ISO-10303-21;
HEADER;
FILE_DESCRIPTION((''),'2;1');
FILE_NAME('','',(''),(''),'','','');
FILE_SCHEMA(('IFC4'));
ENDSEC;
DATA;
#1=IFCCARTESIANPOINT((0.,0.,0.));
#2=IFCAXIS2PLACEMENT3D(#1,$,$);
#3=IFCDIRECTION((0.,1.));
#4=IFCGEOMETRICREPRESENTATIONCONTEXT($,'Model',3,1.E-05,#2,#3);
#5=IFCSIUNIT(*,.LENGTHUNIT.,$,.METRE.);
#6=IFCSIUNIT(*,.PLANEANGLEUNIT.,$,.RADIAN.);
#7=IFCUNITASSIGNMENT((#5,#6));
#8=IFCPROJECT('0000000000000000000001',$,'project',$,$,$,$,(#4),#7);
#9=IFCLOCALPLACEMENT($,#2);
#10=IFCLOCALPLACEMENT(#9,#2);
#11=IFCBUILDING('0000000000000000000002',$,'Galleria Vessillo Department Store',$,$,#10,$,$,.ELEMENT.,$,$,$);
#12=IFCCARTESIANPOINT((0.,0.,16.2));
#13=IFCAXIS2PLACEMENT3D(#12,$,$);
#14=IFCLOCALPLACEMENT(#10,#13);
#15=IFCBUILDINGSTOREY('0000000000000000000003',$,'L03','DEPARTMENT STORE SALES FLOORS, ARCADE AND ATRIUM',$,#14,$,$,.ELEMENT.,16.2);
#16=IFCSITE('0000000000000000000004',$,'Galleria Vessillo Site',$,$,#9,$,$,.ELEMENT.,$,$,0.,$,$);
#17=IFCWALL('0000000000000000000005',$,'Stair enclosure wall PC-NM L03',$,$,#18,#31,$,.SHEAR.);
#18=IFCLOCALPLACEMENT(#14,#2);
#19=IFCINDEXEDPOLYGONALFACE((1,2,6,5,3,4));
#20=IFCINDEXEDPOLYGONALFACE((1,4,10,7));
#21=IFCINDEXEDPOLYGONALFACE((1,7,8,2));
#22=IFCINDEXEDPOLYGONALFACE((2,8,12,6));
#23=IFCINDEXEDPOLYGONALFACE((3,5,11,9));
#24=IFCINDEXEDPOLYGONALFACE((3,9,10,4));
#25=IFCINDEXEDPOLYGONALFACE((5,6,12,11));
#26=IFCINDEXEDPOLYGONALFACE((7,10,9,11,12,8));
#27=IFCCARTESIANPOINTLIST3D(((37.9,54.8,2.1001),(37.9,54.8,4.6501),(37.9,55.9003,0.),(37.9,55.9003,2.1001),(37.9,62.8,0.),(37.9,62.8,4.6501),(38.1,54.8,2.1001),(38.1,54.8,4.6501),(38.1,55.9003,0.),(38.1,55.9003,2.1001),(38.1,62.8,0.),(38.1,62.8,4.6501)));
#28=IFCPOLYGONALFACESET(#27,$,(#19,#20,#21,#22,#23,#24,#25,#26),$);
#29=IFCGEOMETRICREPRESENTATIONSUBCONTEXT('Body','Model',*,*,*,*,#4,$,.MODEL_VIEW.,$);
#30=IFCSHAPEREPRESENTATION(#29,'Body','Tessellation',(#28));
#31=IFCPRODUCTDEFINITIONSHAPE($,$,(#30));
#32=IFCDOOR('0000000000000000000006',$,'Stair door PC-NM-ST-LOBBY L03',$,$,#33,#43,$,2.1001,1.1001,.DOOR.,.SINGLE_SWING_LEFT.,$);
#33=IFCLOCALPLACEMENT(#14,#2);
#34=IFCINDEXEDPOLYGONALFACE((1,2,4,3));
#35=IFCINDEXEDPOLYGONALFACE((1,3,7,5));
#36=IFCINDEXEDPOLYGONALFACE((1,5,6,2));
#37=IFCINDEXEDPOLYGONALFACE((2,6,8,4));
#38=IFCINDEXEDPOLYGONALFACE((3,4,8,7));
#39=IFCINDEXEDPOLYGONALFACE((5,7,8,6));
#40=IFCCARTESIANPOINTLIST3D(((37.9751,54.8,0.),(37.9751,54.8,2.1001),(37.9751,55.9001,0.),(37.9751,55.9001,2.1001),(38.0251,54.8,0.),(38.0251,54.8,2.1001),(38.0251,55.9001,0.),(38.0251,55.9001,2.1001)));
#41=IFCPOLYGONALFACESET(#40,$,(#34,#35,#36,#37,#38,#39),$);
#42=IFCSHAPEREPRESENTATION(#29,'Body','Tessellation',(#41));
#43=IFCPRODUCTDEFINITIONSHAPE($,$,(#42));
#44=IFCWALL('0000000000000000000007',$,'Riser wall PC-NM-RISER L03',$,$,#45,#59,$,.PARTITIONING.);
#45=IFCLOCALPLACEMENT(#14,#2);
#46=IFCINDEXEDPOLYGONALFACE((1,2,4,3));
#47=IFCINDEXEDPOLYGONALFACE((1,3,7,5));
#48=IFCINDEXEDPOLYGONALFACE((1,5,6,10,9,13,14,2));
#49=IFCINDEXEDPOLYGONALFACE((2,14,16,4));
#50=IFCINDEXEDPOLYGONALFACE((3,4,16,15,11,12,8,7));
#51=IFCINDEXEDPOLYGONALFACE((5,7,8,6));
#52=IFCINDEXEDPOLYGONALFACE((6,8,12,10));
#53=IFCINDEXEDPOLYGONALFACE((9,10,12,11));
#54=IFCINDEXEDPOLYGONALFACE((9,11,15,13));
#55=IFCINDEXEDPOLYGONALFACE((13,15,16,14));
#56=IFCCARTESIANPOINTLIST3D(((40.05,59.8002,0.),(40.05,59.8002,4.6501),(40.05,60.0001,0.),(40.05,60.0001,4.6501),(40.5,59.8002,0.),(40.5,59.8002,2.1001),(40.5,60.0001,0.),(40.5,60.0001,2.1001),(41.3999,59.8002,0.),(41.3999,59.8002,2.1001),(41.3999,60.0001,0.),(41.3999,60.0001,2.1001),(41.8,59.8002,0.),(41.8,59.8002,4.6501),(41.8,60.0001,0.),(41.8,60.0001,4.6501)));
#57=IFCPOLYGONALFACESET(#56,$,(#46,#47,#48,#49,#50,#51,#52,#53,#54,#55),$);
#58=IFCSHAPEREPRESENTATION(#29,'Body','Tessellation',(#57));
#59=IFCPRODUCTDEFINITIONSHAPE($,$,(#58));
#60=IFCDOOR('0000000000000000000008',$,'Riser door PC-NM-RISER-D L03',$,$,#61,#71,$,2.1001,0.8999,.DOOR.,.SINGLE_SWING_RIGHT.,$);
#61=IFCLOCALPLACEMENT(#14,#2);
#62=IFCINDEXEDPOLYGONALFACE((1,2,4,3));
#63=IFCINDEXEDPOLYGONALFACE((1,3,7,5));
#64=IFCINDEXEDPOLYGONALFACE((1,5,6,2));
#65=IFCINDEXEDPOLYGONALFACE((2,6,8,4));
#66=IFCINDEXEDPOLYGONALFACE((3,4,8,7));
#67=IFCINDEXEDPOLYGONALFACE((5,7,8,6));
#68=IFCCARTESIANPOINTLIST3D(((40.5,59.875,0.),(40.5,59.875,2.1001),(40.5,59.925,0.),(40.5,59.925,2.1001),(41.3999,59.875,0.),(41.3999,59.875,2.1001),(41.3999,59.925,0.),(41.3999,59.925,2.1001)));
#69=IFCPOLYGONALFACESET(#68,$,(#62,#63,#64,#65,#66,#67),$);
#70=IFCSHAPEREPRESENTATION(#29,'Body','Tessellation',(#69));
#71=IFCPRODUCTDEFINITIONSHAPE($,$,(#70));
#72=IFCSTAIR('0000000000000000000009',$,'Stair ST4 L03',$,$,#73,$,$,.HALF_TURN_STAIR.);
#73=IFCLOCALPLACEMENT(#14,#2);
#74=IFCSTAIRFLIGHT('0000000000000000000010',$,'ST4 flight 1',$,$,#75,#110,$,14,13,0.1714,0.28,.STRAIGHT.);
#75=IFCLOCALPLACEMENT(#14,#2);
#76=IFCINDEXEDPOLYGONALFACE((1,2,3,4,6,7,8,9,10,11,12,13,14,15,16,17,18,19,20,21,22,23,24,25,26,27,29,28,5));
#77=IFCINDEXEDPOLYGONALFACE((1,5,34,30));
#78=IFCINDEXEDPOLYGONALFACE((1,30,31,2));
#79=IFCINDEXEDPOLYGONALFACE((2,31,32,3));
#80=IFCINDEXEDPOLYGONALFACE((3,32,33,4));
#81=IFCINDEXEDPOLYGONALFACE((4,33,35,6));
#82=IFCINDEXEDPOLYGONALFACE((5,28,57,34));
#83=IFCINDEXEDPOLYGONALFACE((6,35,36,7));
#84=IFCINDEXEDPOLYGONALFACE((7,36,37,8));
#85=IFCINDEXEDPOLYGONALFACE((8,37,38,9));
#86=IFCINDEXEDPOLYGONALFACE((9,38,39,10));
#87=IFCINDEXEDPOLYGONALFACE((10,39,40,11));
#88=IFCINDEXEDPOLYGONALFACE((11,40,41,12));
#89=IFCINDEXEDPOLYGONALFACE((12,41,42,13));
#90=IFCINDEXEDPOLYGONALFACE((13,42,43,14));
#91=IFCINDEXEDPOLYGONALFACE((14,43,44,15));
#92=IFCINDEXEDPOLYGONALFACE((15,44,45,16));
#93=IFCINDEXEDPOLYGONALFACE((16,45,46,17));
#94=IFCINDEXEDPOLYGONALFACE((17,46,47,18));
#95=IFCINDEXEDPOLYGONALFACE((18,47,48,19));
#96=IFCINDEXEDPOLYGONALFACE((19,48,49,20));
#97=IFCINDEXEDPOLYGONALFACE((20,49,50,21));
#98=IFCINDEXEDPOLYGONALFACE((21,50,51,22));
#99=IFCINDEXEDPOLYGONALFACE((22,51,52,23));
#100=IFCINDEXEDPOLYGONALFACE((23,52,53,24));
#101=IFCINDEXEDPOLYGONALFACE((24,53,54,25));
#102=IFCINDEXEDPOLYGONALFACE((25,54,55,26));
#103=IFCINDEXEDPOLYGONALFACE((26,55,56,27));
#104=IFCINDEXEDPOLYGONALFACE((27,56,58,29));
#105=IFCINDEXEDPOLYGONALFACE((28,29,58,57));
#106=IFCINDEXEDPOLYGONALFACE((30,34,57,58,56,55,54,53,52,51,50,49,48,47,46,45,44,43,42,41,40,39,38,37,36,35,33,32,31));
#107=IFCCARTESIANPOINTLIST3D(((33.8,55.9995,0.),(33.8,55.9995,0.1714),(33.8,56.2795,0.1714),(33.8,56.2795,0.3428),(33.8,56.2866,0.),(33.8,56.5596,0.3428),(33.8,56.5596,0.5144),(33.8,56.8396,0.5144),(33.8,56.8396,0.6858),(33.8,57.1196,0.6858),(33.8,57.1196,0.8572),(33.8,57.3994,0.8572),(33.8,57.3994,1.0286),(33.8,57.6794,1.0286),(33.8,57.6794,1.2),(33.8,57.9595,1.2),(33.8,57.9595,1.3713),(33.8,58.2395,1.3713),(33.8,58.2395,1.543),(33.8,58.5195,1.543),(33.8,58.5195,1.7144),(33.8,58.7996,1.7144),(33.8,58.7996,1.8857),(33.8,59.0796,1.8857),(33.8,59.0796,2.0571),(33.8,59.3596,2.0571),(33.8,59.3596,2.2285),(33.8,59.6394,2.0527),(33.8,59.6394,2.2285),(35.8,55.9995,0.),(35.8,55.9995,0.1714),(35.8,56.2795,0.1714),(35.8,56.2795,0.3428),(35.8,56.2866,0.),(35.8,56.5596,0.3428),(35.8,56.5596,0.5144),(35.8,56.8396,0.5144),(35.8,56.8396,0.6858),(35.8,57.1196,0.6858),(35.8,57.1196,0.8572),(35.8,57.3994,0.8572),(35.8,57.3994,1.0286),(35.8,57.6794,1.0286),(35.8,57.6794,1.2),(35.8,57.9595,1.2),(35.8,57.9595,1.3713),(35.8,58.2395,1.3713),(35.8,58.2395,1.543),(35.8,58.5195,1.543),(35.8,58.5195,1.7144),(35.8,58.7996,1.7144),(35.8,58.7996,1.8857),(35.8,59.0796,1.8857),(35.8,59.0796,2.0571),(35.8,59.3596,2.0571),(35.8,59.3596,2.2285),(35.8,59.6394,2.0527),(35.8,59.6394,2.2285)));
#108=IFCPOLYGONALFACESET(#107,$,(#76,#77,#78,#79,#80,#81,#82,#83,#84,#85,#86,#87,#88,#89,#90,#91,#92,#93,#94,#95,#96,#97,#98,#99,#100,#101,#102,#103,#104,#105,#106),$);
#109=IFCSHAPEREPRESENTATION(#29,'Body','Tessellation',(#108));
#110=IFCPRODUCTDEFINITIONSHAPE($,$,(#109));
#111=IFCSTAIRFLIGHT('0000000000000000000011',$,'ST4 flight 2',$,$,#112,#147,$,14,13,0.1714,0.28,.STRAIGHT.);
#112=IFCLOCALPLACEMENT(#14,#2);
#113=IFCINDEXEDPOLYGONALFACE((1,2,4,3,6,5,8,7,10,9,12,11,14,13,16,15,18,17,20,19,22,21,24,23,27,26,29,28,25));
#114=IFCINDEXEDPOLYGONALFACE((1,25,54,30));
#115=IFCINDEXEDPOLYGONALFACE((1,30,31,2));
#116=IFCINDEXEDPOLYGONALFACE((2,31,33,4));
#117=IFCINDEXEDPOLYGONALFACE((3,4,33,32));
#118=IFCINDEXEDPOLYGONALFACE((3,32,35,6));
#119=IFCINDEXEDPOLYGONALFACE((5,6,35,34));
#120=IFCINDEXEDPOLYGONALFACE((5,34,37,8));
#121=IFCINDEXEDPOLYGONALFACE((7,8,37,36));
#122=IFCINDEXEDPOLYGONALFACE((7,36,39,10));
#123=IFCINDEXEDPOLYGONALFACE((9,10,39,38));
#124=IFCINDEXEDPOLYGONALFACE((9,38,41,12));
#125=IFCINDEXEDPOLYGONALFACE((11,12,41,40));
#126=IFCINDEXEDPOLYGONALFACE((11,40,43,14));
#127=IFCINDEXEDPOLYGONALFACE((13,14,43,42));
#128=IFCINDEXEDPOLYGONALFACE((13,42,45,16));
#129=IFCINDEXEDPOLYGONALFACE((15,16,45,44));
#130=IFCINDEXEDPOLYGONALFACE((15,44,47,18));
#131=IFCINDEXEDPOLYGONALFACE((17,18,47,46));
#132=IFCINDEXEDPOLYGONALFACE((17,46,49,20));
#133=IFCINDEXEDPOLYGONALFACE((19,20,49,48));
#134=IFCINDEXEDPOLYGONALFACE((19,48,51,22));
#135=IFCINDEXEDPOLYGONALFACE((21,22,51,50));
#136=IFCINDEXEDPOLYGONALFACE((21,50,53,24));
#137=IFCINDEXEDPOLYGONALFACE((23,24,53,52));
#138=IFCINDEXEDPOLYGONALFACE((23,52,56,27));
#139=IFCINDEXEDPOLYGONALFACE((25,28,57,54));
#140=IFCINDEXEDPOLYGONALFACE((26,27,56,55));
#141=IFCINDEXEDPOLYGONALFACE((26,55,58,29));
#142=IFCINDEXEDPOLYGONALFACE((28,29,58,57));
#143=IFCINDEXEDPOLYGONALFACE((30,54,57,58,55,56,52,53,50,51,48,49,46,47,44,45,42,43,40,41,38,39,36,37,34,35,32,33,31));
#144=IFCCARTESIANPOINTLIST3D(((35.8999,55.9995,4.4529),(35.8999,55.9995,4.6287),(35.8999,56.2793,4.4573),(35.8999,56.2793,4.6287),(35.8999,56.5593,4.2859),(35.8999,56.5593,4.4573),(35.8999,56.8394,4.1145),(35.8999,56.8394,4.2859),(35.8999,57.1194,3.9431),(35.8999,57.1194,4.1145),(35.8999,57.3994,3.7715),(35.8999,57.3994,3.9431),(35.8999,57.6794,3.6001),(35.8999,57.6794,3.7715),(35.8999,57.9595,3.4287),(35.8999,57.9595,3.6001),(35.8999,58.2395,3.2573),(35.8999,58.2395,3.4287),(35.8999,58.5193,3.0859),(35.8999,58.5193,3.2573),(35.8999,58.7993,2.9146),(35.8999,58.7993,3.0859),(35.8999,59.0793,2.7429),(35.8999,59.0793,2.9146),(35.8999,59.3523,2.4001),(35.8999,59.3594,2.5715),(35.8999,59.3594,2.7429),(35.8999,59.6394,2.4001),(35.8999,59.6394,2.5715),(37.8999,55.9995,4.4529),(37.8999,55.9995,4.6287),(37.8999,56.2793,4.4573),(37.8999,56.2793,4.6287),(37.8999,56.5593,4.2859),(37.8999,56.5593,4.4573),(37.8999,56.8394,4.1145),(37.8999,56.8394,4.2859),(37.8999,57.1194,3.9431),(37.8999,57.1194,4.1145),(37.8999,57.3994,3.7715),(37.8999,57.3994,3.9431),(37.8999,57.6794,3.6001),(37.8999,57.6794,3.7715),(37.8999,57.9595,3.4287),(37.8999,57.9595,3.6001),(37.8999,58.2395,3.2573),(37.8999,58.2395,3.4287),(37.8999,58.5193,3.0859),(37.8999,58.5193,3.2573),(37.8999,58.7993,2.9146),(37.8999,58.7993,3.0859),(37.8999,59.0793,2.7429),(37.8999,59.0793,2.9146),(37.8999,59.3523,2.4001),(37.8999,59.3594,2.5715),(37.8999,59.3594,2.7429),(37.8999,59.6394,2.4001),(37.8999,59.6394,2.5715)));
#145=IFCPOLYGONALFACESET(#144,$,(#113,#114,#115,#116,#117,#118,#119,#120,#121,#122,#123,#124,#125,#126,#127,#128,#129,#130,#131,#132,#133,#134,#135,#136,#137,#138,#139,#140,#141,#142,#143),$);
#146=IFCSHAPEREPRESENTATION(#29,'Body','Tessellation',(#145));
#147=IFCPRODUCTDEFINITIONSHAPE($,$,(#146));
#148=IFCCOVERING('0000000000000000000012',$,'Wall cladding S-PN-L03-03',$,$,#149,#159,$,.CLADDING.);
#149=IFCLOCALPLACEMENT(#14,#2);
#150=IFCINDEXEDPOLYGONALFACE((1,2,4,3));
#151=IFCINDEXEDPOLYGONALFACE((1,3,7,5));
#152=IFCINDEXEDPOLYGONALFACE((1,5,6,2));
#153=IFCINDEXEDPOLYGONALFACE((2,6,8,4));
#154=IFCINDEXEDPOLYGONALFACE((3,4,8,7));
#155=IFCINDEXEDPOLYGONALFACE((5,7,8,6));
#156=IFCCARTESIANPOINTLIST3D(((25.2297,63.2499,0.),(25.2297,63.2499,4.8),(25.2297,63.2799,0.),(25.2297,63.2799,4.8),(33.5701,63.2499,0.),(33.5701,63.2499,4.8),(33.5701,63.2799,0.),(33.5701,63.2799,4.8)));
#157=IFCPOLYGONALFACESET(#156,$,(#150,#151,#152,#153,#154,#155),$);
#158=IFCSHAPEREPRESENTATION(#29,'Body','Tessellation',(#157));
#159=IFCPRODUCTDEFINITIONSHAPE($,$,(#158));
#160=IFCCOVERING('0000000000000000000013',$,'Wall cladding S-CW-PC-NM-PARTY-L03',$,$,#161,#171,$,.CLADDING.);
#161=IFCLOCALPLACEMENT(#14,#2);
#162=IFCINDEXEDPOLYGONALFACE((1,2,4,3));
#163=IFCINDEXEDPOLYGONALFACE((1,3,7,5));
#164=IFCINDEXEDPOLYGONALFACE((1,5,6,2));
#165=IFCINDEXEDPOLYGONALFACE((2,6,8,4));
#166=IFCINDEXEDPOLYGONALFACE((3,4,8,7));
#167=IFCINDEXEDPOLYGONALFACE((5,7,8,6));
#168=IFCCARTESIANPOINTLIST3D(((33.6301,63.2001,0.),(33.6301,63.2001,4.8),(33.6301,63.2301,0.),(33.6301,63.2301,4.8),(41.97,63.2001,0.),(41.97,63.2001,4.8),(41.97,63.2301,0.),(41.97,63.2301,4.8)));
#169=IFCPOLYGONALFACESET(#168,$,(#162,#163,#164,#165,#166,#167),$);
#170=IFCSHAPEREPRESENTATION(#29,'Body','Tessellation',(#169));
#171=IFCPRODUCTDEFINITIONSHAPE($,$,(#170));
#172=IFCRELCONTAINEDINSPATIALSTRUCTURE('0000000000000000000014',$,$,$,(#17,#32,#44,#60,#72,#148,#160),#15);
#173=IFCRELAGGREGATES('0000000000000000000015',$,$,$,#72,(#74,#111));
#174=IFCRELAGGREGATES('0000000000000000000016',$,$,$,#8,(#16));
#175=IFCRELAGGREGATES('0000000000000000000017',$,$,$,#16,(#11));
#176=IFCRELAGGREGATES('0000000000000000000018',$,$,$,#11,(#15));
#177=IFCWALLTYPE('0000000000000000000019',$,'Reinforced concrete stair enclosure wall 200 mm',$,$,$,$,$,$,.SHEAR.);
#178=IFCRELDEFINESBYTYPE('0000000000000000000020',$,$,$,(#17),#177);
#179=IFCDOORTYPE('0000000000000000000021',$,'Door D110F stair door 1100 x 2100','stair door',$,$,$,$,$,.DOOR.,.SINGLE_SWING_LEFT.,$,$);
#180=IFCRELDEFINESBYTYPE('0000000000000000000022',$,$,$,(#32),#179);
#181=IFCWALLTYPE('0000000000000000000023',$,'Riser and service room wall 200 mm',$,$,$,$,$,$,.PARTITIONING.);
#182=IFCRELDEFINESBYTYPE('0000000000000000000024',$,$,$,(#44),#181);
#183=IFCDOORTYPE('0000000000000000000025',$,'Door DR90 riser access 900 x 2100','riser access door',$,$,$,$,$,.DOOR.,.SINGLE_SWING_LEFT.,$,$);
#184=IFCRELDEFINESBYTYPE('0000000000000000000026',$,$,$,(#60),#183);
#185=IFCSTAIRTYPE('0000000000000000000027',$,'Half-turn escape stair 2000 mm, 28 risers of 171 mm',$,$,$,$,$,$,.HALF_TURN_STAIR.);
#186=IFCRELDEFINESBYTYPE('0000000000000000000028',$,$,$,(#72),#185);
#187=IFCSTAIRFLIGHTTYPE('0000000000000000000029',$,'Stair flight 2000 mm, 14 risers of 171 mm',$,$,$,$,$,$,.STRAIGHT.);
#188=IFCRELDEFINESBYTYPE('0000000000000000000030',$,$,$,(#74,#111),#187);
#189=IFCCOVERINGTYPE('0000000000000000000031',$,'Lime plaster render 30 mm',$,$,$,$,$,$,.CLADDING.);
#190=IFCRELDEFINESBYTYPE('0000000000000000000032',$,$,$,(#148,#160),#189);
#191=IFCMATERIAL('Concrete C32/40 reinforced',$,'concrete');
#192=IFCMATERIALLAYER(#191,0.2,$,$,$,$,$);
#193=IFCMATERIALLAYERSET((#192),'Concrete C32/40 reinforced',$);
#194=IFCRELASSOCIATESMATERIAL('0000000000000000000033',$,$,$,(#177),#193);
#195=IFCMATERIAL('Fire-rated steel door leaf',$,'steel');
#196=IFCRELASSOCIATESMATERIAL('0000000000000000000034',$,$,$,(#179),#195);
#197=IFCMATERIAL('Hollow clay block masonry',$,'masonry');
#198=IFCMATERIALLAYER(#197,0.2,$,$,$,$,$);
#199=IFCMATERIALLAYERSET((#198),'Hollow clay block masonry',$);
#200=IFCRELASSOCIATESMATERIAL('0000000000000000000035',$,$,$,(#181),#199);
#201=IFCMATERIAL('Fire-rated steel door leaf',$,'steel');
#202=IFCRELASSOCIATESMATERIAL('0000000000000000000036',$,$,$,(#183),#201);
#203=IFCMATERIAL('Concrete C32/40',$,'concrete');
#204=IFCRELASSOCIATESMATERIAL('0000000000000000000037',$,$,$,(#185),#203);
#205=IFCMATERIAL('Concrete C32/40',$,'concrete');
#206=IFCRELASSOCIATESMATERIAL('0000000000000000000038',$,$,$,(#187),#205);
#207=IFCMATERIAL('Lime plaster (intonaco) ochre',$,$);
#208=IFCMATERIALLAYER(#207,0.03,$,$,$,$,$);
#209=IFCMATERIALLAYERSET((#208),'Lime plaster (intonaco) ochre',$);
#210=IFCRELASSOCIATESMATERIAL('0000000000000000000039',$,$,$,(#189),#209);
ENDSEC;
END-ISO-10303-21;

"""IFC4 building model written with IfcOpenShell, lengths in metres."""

from ifc_helpers import new_model, si_unit, direction, frame, frame_2d, origin, origin_2d, place, context, subcontext, project, spatial, polyline, rectangle, outline, extrude, material, layer, layer_set, type_object, element, fill, aggregate, save


model = new_model("IFC4")

# Units and contexts
model_context = context("Model", 3, precision=1e-05, world=origin(), true_north=direction((0.0, 1.0)))
body_context = subcontext(model_context, "Body", "Model", "MODEL_VIEW")
ifc_project = project(units=[si_unit("LENGTHUNIT", "METRE"), si_unit("PLANEANGLEUNIT", "RADIAN")], contexts=[model_context])

# Site, building, storey
site_placement = place(None, origin())
site = spatial("IfcSite", under=ifc_project, at=site_placement, Name="Galleria Vessillo Site", CompositionType="ELEMENT", RefElevation=0.0)
building_placement = place(site_placement, origin())
building = spatial("IfcBuilding", under=site, at=building_placement, Name="Galleria Vessillo Department Store", CompositionType="ELEMENT")
storey_placement = place(building_placement, frame((0.0, 0.0, 16.2)))
storey = spatial("IfcBuildingStorey", under=building, at=storey_placement, Name="L03", Description="DEPARTMENT STORE SALES FLOORS, ARCADE AND ATRIUM", CompositionType="ELEMENT", Elevation=16.2)

# Walls, openings, doors
ifc_material_1 = material(Name="Concrete C32/40 reinforced", Category="concrete")
ifc_layer_1 = layer(ifc_material_1, 0.2)
ifc_layer_set_1 = layer_set([ifc_layer_1], Name="Concrete C32/40 reinforced")
wall_type_1 = type_object("IfcWallType", Name="Reinforced concrete stair enclosure wall 200 mm", PredefinedType="SHEAR", material=ifc_layer_set_1)
wall_1_placement = place(storey_placement, frame((38.0, 62.8, 0.0), z_axis=(0.0, 0.0, 1.0), x_axis=(0.0, -1.0, 0.0)))
wall_1 = element("IfcWall", 1, at=wall_1_placement, inside=storey, type_object=wall_type_1, Name="Stair enclosure wall PC-NM L03", PredefinedType="SHEAR", context=body_context, shape_type="SweptSolid", body=[
    extrude(rectangle(XDim=8.0, YDim=0.2, at=frame_2d((4.0, 0.0))), origin(), (0.0, 0.0, 1.0), 4.6501),
])
opening_1_placement = place(wall_1_placement, frame((6.8999, 0.0, 0.0)))
opening_1 = element("IfcOpeningElement", 2, at=opening_1_placement, cuts=wall_1, PredefinedType="OPENING", context=body_context, shape_type="SweptSolid", body=[
    extrude(rectangle(XDim=1.1101, YDim=2.1001, at=frame_2d((0.5549, 1.05))), frame((0.0, 0.1099, 0.0), z_axis=(0.0, -1.0, 0.0), x_axis=(1.0, 0.0, 0.0)), (0.0, 0.0, 1.0), 0.22),
])
ifc_material_2 = material(Name="Fire-rated steel door leaf", Category="steel")
door_type_1 = type_object("IfcDoorType", Name="Door D110F stair door 1100 x 2100", Description="stair door", OperationType="SINGLE_SWING_LEFT", PredefinedType="DOOR", material=ifc_material_2)
door_1_placement = place(opening_1_placement, frame((1.1001, 0.0, 0.0), z_axis=(0.0, 0.0, 1.0), x_axis=(-1.0, 0.0, 0.0)))
door_1 = element("IfcDoor", 3, at=door_1_placement, inside=storey, type_object=door_type_1, Name="Stair door PC-NM-ST-LOBBY L03", OperationType="SINGLE_SWING_LEFT", OverallHeight=2.1001, OverallWidth=1.1001, PredefinedType="DOOR", context=body_context, shape_type="SweptSolid", body=[
    extrude(rectangle(XDim=1.1001, YDim=2.1001, at=frame_2d((0.55, 1.05))), frame((0.0, 0.0249, 0.0), z_axis=(0.0, -1.0, 0.0), x_axis=(1.0, 0.0, 0.0)), (0.0, 0.0, 1.0), 0.05),
])
fill(opening_1, door_1)
ifc_material_3 = material(Name="Hollow clay block masonry", Category="masonry")
ifc_layer_2 = layer(ifc_material_3, 0.2)
ifc_layer_set_2 = layer_set([ifc_layer_2], Name="Hollow clay block masonry")
wall_type_2 = type_object("IfcWallType", Name="Riser and service room wall 200 mm", PredefinedType="PARTITIONING", material=ifc_layer_set_2)
wall_2_placement = place(storey_placement, frame((40.05, 59.9001, 0.0), z_axis=(0.0, 0.0, 1.0), x_axis=(1.0, 0.0, 0.0)))
wall_2 = element("IfcWall", 4, at=wall_2_placement, inside=storey, type_object=wall_type_2, Name="Riser wall PC-NM-RISER L03", PredefinedType="PARTITIONING", context=body_context, shape_type="SweptSolid", body=[
    extrude(rectangle(XDim=1.75, YDim=0.2, at=frame_2d((0.875, 0.0))), origin(), (0.0, 0.0, 1.0), 4.6501),
])
opening_2_placement = place(wall_2_placement, frame((0.45, 0.0, 0.0)))
opening_2 = element("IfcOpeningElement", 5, at=opening_2_placement, cuts=wall_2, PredefinedType="OPENING", context=body_context, shape_type="SweptSolid", body=[
    extrude(rectangle(XDim=0.8999, YDim=2.1001, at=frame_2d((0.45, 1.05))), frame((0.0, 0.1099, 0.0), z_axis=(0.0, -1.0, 0.0), x_axis=(1.0, 0.0, 0.0)), (0.0, 0.0, 1.0), 0.22),
])
ifc_material_4 = material(Name="Fire-rated steel door leaf", Category="steel")
door_type_2 = type_object("IfcDoorType", Name="Door DR90 riser access 900 x 2100", Description="riser access door", OperationType="SINGLE_SWING_LEFT", PredefinedType="DOOR", material=ifc_material_4)
door_2_placement = place(opening_2_placement, origin())
door_2 = element("IfcDoor", 6, at=door_2_placement, inside=storey, type_object=door_type_2, Name="Riser door PC-NM-RISER-D L03", OperationType="SINGLE_SWING_RIGHT", OverallHeight=2.1001, OverallWidth=0.8999, PredefinedType="DOOR", context=body_context, shape_type="SweptSolid", body=[
    extrude(rectangle(XDim=0.8999, YDim=2.1001, at=frame_2d((0.45, 1.05))), frame((0.0, 0.0249, 0.0), z_axis=(0.0, -1.0, 0.0), x_axis=(1.0, 0.0, 0.0)), (0.0, 0.0, 1.0), 0.05),
])
fill(opening_2, door_2)

# Stair, stair flights
ifc_material_5 = material(Name="Concrete C32/40", Category="concrete")
stair_type = type_object("IfcStairType", Name="Half-turn escape stair 2000 mm, 28 risers of 171 mm", PredefinedType="HALF_TURN_STAIR", material=ifc_material_5)
stair_placement = place(storey_placement, origin())
stair = element("IfcStair", 7, at=stair_placement, inside=storey, type_object=stair_type, Name="Stair ST4 L03", PredefinedType="HALF_TURN_STAIR")
ifc_material_6 = material(Name="Concrete C32/40", Category="concrete")
stair_flight_type = type_object("IfcStairFlightType", Name="Stair flight 2000 mm, 14 risers of 171 mm", PredefinedType="STRAIGHT", material=ifc_material_6)
stair_flight_1_placement = place(storey_placement, frame((34.8, 55.9995, 0.0), z_axis=(0.0, 0.0, 1.0), x_axis=(0.0, 1.0, 0.0)))
stair_flight_1 = element("IfcStairFlight", 8, at=stair_flight_1_placement, type_object=stair_flight_type, Name="ST4 flight 1", NumberOfRisers=14, NumberOfTreads=13, PredefinedType="STRAIGHT", RiserHeight=0.1714, TreadLength=0.28, context=body_context, shape_type="SweptSolid", body=[
    extrude(outline(polyline([(0.0, 0.0), (0.0, 0.1714), (0.28, 0.1714), (0.28, 0.3428), (0.5601, 0.3428), (0.5601, 0.5144), (0.8401, 0.5144), (0.8401, 0.6858), (1.1201, 0.6858), (1.1201, 0.8572), (1.3999, 0.8572), (1.3999, 1.0286), (1.6799, 1.0286), (1.6799, 1.2), (1.96, 1.2), (1.96, 1.3713), (2.24, 1.3713), (2.24, 1.543), (2.52, 1.543), (2.52, 1.7144), (2.8, 1.7144), (2.8, 1.8857), (3.0801, 1.8857), (3.0801, 2.0571), (3.3601, 2.0571), (3.3601, 2.2285), (3.6399, 2.2285), (3.6399, 2.3999), (3.6399, 2.0527), (0.2871, 0.0), (0.0, 0.0)])), frame((0.0, 1.0, 0.0), z_axis=(0.0, -1.0, 0.0), x_axis=(1.0, 0.0, 0.0)), (0.0, 0.0, 1.0), 2.0),
])
stair_flight_2_placement = place(storey_placement, frame((36.8999, 59.6394, 2.4001), z_axis=(0.0, 0.0, 1.0), x_axis=(0.0, -1.0, 0.0)))
stair_flight_2 = element("IfcStairFlight", 9, at=stair_flight_2_placement, type_object=stair_flight_type, Name="ST4 flight 2", NumberOfRisers=14, NumberOfTreads=13, PredefinedType="STRAIGHT", RiserHeight=0.1714, TreadLength=0.28, context=body_context, shape_type="SweptSolid", body=[
    extrude(outline(polyline([(0.0, 0.0), (0.0, 0.1714), (0.28, 0.1714), (0.28, 0.3428), (0.5601, 0.3428), (0.5601, 0.5144), (0.8401, 0.5144), (0.8401, 0.6858), (1.1201, 0.6858), (1.1201, 0.8572), (1.3999, 0.8572), (1.3999, 1.0286), (1.6799, 1.0286), (1.6799, 1.2), (1.96, 1.2), (1.96, 1.3713), (2.24, 1.3713), (2.24, 1.543), (2.52, 1.543), (2.52, 1.7144), (2.8, 1.7144), (2.8, 1.8857), (3.0801, 1.8857), (3.0801, 2.0571), (3.3601, 2.0571), (3.3601, 2.2285), (3.6399, 2.2285), (3.6399, 2.3999), (3.6399, 2.0527), (0.2871, 0.0), (0.0, 0.0)])), frame((0.0, 1.0, 0.0), z_axis=(0.0, -1.0, 0.0), x_axis=(1.0, 0.0, 0.0)), (0.0, 0.0, 1.0), 2.0),
])
aggregate(stair, [stair_flight_1, stair_flight_2])

# Coverings
ifc_material_7 = material(Name="Lime plaster (intonaco) ochre")
ifc_layer_3 = layer(ifc_material_7, 0.03)
ifc_layer_set_3 = layer_set([ifc_layer_3], Name="Lime plaster (intonaco) ochre")
covering_type = type_object("IfcCoveringType", Name="Lime plaster render 30 mm", PredefinedType="CLADDING", material=ifc_layer_set_3)
covering_1_placement = place(storey_placement, frame((29.3999, 63.2649, 0.0), z_axis=(0.0, 0.0, 1.0), x_axis=(1.0, 0.0, 0.0)))
element("IfcCovering", 10, at=covering_1_placement, inside=storey, type_object=covering_type, Name="Wall cladding S-PN-L03-03", PredefinedType="CLADDING", context=body_context, shape_type="SweptSolid", body=[
    extrude(rectangle(XDim=8.3403, YDim=0.03, at=origin_2d()), origin(), (0.0, 0.0, 1.0), 4.8),
])
covering_2_placement = place(storey_placement, frame((37.8, 63.2151, 0.0), z_axis=(0.0, 0.0, 1.0), x_axis=(1.0, 0.0, 0.0)))
element("IfcCovering", 11, at=covering_2_placement, inside=storey, type_object=covering_type, Name="Wall cladding S-CW-PC-NM-PARTY-L03", PredefinedType="CLADDING", context=body_context, shape_type="SweptSolid", body=[
    extrude(rectangle(XDim=8.3398, YDim=0.03, at=origin_2d()), origin(), (0.0, 0.0, 1.0), 4.8),
])

save(model, "model.ifc")
